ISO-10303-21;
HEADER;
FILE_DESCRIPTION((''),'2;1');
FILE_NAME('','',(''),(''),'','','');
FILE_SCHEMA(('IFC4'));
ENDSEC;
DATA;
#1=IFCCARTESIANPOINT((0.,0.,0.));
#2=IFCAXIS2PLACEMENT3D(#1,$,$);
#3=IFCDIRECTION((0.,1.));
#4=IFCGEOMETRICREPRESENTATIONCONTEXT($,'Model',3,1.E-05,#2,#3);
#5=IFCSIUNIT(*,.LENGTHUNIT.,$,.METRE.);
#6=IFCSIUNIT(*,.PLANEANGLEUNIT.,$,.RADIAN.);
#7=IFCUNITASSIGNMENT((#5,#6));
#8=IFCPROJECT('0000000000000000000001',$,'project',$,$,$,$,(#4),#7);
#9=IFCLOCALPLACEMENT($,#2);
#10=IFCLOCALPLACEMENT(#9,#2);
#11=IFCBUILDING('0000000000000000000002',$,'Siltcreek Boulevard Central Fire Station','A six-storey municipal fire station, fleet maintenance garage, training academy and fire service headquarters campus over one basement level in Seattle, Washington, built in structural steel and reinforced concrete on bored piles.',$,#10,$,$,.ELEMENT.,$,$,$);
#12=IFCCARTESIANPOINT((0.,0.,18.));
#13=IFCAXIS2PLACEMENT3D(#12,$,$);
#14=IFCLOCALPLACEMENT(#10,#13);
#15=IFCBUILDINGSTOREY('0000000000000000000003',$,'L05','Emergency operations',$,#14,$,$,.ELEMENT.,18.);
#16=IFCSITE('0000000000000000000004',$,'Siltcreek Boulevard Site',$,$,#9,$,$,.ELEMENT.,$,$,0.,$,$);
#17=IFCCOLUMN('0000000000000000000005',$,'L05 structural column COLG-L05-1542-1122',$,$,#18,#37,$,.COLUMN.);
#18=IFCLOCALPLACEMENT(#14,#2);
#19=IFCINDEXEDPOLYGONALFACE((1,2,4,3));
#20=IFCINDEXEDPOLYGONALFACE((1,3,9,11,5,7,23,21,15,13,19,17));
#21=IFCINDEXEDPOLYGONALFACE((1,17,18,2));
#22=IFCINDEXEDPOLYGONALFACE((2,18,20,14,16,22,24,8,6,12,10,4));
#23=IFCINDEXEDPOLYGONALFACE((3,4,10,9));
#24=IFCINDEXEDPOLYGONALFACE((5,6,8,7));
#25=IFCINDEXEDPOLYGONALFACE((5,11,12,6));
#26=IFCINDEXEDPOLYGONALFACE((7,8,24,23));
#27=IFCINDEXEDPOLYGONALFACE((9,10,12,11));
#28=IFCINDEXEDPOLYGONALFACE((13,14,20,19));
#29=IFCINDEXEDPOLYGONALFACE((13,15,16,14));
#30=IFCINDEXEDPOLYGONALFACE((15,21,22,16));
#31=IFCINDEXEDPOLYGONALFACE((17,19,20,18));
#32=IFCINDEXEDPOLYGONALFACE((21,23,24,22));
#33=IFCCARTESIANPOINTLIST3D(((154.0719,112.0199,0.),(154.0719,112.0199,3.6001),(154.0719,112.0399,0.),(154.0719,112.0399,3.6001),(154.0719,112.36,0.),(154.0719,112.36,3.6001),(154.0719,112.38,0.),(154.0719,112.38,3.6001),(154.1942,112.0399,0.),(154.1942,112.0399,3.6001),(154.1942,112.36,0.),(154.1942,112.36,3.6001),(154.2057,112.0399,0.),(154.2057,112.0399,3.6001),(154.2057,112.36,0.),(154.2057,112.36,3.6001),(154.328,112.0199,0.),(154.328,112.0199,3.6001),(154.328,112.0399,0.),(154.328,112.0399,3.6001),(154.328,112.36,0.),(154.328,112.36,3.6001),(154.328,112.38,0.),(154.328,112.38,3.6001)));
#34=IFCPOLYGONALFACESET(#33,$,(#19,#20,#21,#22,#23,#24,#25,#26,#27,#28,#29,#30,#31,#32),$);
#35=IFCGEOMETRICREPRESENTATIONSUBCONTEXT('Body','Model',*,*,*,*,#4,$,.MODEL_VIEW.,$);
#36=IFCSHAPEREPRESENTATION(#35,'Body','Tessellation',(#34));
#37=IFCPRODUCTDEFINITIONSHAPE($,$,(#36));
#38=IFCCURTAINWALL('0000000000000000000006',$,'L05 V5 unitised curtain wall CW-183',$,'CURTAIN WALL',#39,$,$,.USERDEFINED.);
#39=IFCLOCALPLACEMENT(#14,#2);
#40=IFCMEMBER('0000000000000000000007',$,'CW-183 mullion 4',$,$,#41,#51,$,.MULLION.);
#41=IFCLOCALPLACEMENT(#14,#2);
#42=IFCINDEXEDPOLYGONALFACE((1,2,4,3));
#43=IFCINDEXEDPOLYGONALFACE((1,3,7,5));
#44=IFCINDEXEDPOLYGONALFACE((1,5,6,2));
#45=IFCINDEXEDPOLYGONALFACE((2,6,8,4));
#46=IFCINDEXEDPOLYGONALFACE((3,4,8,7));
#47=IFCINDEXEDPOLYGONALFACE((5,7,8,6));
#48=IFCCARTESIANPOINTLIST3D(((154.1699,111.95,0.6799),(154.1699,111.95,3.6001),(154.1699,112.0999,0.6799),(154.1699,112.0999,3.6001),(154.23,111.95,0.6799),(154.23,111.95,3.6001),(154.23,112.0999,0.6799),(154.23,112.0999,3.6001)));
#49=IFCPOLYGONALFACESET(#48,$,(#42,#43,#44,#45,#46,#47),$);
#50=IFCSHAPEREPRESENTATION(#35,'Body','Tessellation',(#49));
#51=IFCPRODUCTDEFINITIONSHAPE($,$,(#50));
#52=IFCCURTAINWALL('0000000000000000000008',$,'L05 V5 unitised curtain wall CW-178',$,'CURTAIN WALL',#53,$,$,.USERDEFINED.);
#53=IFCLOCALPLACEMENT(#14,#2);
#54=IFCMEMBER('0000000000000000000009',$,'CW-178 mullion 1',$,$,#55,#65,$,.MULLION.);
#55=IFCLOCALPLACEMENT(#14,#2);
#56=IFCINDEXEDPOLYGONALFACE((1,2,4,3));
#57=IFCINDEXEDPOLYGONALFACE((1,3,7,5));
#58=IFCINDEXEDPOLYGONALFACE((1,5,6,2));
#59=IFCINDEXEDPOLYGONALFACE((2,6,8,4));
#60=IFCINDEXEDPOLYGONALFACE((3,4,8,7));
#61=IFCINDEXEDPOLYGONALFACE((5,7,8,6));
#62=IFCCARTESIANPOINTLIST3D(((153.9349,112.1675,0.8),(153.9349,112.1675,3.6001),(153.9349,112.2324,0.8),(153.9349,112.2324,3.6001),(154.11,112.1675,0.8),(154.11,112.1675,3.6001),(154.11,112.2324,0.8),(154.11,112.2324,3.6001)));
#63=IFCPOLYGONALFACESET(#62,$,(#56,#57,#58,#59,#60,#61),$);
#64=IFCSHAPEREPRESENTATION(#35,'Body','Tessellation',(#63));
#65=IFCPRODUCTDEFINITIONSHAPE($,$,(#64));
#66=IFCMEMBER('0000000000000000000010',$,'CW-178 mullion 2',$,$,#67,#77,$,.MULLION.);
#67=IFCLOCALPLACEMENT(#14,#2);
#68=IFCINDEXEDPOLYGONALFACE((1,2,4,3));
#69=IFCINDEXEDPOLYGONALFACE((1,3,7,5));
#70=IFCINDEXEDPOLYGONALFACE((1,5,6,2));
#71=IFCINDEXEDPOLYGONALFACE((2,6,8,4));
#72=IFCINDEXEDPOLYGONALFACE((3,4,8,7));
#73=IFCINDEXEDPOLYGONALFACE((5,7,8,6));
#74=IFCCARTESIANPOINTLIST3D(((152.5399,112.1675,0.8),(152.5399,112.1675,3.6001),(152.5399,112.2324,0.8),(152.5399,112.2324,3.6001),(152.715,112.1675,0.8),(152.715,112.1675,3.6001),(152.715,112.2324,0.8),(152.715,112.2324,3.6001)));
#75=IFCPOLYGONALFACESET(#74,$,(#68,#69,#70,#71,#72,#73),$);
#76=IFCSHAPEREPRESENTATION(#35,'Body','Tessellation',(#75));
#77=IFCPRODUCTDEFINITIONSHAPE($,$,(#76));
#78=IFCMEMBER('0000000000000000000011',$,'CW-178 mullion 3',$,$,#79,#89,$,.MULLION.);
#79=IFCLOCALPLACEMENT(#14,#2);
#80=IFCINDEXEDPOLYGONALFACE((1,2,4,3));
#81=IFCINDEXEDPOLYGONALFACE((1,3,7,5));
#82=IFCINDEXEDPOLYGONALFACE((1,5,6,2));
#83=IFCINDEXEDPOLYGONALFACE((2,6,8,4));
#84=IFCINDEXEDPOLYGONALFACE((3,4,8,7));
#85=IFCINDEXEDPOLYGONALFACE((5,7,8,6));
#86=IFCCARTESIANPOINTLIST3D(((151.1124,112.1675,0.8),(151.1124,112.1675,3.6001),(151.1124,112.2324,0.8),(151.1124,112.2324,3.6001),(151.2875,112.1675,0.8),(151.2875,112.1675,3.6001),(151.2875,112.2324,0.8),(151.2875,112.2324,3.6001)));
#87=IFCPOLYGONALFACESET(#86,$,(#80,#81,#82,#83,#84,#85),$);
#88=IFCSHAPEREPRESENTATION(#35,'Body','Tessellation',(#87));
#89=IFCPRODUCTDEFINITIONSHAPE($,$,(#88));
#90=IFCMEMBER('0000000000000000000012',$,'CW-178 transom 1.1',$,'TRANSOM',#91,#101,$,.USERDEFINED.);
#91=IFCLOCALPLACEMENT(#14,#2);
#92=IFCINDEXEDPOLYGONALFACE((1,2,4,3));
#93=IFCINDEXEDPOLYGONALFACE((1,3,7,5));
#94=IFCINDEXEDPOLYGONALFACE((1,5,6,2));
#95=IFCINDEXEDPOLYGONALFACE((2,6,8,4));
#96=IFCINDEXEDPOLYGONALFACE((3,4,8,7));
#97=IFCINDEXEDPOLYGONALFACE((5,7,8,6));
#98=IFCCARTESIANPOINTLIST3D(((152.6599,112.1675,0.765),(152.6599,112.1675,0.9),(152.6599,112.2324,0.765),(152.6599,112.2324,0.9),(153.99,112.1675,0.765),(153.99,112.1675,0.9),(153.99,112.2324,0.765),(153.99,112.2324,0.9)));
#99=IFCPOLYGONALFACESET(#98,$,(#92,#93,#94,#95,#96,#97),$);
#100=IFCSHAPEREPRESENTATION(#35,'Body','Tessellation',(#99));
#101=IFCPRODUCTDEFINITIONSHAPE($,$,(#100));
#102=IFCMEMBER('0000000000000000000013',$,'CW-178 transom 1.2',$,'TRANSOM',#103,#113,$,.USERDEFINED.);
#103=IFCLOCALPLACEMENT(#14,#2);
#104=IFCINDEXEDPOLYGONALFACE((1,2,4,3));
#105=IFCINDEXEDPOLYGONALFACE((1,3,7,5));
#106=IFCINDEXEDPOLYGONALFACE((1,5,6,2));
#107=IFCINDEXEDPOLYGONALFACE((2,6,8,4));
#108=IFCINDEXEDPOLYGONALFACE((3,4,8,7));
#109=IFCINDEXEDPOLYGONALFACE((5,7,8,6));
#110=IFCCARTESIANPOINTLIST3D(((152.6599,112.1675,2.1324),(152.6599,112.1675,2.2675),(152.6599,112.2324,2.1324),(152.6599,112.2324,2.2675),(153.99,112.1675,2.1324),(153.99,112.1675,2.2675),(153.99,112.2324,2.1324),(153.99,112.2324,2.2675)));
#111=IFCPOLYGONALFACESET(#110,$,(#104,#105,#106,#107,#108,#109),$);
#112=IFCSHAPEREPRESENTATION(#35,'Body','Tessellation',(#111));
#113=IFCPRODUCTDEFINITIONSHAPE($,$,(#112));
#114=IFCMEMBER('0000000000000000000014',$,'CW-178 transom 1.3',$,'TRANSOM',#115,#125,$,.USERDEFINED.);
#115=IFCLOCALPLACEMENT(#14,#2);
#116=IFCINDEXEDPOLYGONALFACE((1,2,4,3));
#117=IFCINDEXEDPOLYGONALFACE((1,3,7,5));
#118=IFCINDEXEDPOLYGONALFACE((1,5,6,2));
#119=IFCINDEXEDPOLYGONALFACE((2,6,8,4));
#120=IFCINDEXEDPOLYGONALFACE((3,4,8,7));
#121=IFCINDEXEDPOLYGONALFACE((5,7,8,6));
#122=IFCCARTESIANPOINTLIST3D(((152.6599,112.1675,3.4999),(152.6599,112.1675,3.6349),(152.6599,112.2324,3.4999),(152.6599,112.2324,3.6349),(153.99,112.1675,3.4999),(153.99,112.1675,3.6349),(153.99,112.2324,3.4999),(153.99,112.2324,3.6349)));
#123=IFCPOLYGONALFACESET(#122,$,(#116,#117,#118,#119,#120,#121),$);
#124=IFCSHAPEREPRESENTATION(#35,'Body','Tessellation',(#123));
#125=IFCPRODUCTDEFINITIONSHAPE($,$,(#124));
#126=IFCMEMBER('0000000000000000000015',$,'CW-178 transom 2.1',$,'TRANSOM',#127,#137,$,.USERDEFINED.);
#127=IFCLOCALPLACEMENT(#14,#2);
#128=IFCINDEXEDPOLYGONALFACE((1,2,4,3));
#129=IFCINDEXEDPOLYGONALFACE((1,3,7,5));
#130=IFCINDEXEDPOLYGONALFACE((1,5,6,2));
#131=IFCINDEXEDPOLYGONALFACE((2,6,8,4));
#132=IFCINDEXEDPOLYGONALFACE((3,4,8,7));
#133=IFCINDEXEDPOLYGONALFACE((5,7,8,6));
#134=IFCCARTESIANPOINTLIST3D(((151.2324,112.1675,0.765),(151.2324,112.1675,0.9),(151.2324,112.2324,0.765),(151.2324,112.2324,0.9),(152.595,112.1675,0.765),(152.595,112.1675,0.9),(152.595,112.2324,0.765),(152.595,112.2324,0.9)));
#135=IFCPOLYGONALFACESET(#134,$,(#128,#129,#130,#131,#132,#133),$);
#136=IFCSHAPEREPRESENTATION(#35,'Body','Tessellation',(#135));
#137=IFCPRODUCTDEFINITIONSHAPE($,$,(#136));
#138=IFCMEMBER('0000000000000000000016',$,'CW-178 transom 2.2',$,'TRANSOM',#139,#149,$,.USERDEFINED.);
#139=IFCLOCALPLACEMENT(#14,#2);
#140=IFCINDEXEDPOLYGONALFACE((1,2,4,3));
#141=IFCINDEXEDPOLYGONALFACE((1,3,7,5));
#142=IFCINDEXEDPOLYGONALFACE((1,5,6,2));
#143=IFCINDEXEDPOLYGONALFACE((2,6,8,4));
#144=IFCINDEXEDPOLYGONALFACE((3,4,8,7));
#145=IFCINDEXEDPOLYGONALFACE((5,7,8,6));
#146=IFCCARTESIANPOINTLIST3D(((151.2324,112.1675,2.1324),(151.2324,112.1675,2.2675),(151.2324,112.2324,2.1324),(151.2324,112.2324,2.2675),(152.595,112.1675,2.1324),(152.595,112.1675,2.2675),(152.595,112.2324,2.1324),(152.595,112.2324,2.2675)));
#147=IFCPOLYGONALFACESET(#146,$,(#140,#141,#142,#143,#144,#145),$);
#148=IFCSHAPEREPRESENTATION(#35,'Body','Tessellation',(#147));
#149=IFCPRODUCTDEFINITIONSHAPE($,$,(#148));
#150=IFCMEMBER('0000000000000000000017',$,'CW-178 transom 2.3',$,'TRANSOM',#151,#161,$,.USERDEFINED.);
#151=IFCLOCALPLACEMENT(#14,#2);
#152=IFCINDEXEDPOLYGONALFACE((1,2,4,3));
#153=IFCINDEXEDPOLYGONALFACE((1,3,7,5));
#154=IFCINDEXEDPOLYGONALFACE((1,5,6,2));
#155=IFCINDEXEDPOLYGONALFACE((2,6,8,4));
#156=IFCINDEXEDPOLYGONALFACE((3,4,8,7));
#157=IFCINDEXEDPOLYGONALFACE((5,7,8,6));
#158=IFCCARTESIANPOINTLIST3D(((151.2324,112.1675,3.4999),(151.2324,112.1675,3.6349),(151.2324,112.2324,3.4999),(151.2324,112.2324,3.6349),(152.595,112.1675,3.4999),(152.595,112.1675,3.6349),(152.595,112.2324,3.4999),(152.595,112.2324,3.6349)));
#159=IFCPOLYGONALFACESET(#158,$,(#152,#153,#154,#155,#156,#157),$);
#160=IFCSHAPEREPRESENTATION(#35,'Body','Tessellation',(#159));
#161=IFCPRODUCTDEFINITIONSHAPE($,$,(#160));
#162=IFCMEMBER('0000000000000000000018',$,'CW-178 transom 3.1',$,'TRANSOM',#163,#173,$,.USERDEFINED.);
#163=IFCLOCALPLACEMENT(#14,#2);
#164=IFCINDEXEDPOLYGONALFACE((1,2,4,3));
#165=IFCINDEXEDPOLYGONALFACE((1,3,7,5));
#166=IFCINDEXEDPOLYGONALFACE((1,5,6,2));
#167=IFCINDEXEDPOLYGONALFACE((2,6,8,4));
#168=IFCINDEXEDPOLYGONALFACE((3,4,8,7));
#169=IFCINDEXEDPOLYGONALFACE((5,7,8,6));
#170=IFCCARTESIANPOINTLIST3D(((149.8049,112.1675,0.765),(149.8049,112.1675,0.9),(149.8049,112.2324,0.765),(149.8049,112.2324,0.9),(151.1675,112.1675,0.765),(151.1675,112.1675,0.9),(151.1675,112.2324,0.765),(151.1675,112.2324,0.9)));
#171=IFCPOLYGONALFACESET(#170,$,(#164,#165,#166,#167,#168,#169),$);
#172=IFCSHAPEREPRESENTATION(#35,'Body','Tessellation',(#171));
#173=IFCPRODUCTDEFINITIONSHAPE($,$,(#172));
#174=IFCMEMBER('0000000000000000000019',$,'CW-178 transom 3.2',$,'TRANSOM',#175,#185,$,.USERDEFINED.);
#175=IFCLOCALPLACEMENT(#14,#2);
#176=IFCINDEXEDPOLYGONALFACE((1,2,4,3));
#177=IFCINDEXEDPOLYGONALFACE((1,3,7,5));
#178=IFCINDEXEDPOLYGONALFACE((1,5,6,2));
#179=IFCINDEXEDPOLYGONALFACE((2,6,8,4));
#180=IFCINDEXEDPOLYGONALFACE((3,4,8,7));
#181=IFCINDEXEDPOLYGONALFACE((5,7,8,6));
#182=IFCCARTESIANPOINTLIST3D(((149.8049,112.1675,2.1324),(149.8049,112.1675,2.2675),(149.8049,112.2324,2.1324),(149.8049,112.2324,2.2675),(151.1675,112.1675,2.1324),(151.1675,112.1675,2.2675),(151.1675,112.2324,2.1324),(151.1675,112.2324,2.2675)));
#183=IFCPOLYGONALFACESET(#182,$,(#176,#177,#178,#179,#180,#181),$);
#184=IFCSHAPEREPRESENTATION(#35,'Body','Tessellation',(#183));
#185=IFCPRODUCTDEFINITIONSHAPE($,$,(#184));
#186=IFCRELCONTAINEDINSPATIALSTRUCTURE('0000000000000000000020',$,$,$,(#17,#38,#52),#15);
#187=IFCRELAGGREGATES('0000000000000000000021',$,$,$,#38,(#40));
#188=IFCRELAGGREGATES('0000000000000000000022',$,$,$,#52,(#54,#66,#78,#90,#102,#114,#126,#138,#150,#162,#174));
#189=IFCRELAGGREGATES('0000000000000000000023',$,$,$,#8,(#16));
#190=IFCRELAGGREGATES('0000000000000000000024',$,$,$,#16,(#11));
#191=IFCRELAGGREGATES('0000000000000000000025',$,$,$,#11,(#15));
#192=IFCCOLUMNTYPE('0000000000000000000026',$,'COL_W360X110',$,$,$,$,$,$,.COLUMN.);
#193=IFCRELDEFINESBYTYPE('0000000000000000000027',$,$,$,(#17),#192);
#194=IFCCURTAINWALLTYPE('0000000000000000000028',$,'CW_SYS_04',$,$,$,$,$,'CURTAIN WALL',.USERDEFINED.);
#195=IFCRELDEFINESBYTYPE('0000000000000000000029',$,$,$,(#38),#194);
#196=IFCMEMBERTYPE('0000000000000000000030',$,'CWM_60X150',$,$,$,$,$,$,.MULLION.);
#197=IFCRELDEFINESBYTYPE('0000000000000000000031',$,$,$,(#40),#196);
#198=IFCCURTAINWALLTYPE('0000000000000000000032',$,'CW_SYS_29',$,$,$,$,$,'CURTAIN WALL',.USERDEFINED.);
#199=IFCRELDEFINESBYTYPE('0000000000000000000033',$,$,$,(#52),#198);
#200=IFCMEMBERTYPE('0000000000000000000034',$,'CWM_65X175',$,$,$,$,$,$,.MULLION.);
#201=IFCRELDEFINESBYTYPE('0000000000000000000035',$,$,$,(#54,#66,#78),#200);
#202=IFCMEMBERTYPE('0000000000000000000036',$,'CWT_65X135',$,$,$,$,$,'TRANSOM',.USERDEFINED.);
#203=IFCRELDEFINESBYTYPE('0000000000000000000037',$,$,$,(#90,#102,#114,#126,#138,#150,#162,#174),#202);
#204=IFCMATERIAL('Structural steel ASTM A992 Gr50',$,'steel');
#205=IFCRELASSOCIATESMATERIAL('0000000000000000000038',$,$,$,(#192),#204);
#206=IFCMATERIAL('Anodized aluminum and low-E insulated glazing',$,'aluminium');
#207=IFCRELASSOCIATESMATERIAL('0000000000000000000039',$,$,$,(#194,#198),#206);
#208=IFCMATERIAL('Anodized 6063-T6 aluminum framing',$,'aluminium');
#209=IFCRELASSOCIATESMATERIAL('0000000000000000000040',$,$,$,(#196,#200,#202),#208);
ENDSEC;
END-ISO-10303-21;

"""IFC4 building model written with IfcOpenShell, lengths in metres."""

from ifc_helpers import new_model, si_unit, direction, frame, origin, origin_2d, place, context, subcontext, project, spatial, rectangle, i_section, extrude, material, material_profile, profile_set, type_object, element, aggregate, save


model = new_model("IFC4")

# Units and contexts
model_context = context("Model", 3, precision=1e-05, world=origin(), true_north=direction((0.0, 1.0)))
body_context = subcontext(model_context, "Body", "Model", "MODEL_VIEW")
ifc_project = project(units=[si_unit("LENGTHUNIT", "METRE"), si_unit("PLANEANGLEUNIT", "RADIAN")], contexts=[model_context])

# Site, building, storey
site_placement = place(None, origin())
site = spatial("IfcSite", under=ifc_project, at=site_placement, Name="Siltcreek Boulevard Site", CompositionType="ELEMENT", RefElevation=0.0)
building_placement = place(site_placement, origin())
building = spatial("IfcBuilding", under=site, at=building_placement, Name="Siltcreek Boulevard Central Fire Station", Description="A six-storey municipal fire station, fleet maintenance garage, training academy and fire service headquarters campus over one basement level in Seattle, Washington, built in structural steel and reinforced concrete on bored piles.", CompositionType="ELEMENT")
storey_placement = place(building_placement, frame((0.0, 0.0, 18.0)))
storey = spatial("IfcBuildingStorey", under=building, at=storey_placement, Name="L05", Description="Emergency operations", CompositionType="ELEMENT", Elevation=18.0)

# Column
ifc_material_1 = material(Name="Structural steel ASTM A992 Gr50", Category="steel")
ifc_material_profile_1 = material_profile(ifc_material_1, i_section(OverallWidth=0.2561, OverallDepth=0.3601, WebThickness=0.0115, FlangeThickness=0.02, at=origin_2d()), Name="W360X110")
ifc_profile_set_1 = profile_set([ifc_material_profile_1], Name="Structural steel ASTM A992 Gr50")
column_type = type_object("IfcColumnType", Name="COL_W360X110", PredefinedType="COLUMN", material=ifc_profile_set_1)
column_placement = place(storey_placement, frame((154.2, 112.2, 0.0), z_axis=(0.0, 0.0, 1.0), x_axis=(1.0, 0.0, 0.0)))
element("IfcColumn", 1, at=column_placement, inside=storey, type_object=column_type, Name="L05 structural column COLG-L05-1542-1122", PredefinedType="COLUMN", context=body_context, shape_type="SweptSolid", body=[
    extrude(i_section(OverallWidth=0.2561, OverallDepth=0.3601, WebThickness=0.0115, FlangeThickness=0.02, at=origin_2d()), origin(), (0.0, 0.0, 1.0), 3.6001),
])

# Curtain wall, member
ifc_material_2 = material(Name="Anodized aluminum and low-E insulated glazing", Category="aluminium")
curtain_wall_type_1 = type_object("IfcCurtainWallType", Name="CW_SYS_04", ElementType="CURTAIN WALL", PredefinedType="USERDEFINED", material=ifc_material_2)
curtain_wall_1_placement = place(storey_placement, origin())
curtain_wall_1 = element("IfcCurtainWall", 2, at=curtain_wall_1_placement, inside=storey, type_object=curtain_wall_type_1, Name="L05 V5 unitised curtain wall CW-183", ObjectType="CURTAIN WALL", PredefinedType="USERDEFINED")
ifc_material_3 = material(Name="Anodized 6063-T6 aluminum framing", Category="aluminium")
ifc_material_profile_2 = material_profile(ifc_material_3, rectangle(XDim=0.0601, YDim=0.1499, at=origin_2d()), Name="MULL60X150")
ifc_profile_set_2 = profile_set([ifc_material_profile_2], Name="Anodized 6063-T6 aluminum framing")
member_type_1 = type_object("IfcMemberType", Name="CWM_60X150", PredefinedType="MULLION", material=ifc_profile_set_2)
member_1_placement = place(storey_placement, frame((154.2, 112.0249, 0.6799), z_axis=(0.0, 0.0, 1.0), x_axis=(-1.0, 0.0, 0.0)))
member_1 = element("IfcMember", 3, at=member_1_placement, type_object=member_type_1, Name="CW-183 mullion 4", PredefinedType="MULLION", context=body_context, shape_type="SweptSolid", body=[
    extrude(rectangle(XDim=0.0601, YDim=0.1499, at=origin_2d()), origin(), (0.0, 0.0, 1.0), 2.9202),
])

# Curtain wall, members
curtain_wall_type_2 = type_object("IfcCurtainWallType", Name="CW_SYS_29", ElementType="CURTAIN WALL", PredefinedType="USERDEFINED", material=ifc_material_2)
curtain_wall_2_placement = place(storey_placement, origin())
curtain_wall_2 = element("IfcCurtainWall", 4, at=curtain_wall_2_placement, inside=storey, type_object=curtain_wall_type_2, Name="L05 V5 unitised curtain wall CW-178", ObjectType="CURTAIN WALL", PredefinedType="USERDEFINED")
ifc_material_profile_3 = material_profile(ifc_material_3, rectangle(XDim=0.0649, YDim=0.175, at=origin_2d()), Name="MULL65X175")
ifc_profile_set_3 = profile_set([ifc_material_profile_3], Name="Anodized 6063-T6 aluminum framing")
member_type_2 = type_object("IfcMemberType", Name="CWM_65X175", PredefinedType="MULLION", material=ifc_profile_set_3)
member_2_placement = place(storey_placement, frame((154.0225, 112.2, 0.8), z_axis=(0.0, 0.0, 1.0), x_axis=(0.0, -1.0, 0.0)))
member_2 = element("IfcMember", 5, at=member_2_placement, type_object=member_type_2, Name="CW-178 mullion 1", PredefinedType="MULLION", context=body_context, shape_type="SweptSolid", body=[
    extrude(rectangle(XDim=0.0649, YDim=0.175, at=origin_2d()), origin(), (0.0, 0.0, 1.0), 2.8),
])
member_3_placement = place(storey_placement, frame((152.6274, 112.2, 0.8), z_axis=(0.0, 0.0, 1.0), x_axis=(0.0, -1.0, 0.0)))
member_3 = element("IfcMember", 6, at=member_3_placement, type_object=member_type_2, Name="CW-178 mullion 2", PredefinedType="MULLION", context=body_context, shape_type="SweptSolid", body=[
    extrude(rectangle(XDim=0.0649, YDim=0.175, at=origin_2d()), origin(), (0.0, 0.0, 1.0), 2.8),
])
member_4_placement = place(storey_placement, frame((151.2, 112.2, 0.8), z_axis=(0.0, 0.0, 1.0), x_axis=(0.0, -1.0, 0.0)))
member_4 = element("IfcMember", 7, at=member_4_placement, type_object=member_type_2, Name="CW-178 mullion 3", PredefinedType="MULLION", context=body_context, shape_type="SweptSolid", body=[
    extrude(rectangle(XDim=0.0649, YDim=0.175, at=origin_2d()), origin(), (0.0, 0.0, 1.0), 2.8),
])
ifc_material_profile_4 = material_profile(ifc_material_3, rectangle(XDim=0.0649, YDim=0.135, at=origin_2d()), Name="TRAN65X135")
ifc_profile_set_4 = profile_set([ifc_material_profile_4], Name="Anodized 6063-T6 aluminum framing")
member_type_3 = type_object("IfcMemberType", Name="CWT_65X135", ElementType="TRANSOM", PredefinedType="USERDEFINED", material=ifc_profile_set_4)
member_5_placement = place(storey_placement, frame((153.99, 112.2, 0.8325), z_axis=(-1.0, 0.0, 0.0), x_axis=(0.0, -1.0, 0.0)))
member_5 = element("IfcMember", 8, at=member_5_placement, type_object=member_type_3, Name="CW-178 transom 1.1", ObjectType="TRANSOM", PredefinedType="USERDEFINED", context=body_context, shape_type="SweptSolid", body=[
    extrude(rectangle(XDim=0.0649, YDim=0.135, at=origin_2d()), origin(), (0.0, 0.0, 1.0), 1.3301),
])
member_6_placement = place(storey_placement, frame((153.99, 112.2, 2.2), z_axis=(-1.0, 0.0, 0.0), x_axis=(0.0, -1.0, 0.0)))
member_6 = element("IfcMember", 9, at=member_6_placement, type_object=member_type_3, Name="CW-178 transom 1.2", ObjectType="TRANSOM", PredefinedType="USERDEFINED", context=body_context, shape_type="SweptSolid", body=[
    extrude(rectangle(XDim=0.0649, YDim=0.135, at=origin_2d()), origin(), (0.0, 0.0, 1.0), 1.3301),
])
member_7_placement = place(storey_placement, frame((153.99, 112.2, 3.5674), z_axis=(-1.0, 0.0, 0.0), x_axis=(0.0, -1.0, 0.0)))
member_7 = element("IfcMember", 10, at=member_7_placement, type_object=member_type_3, Name="CW-178 transom 1.3", ObjectType="TRANSOM", PredefinedType="USERDEFINED", context=body_context, shape_type="SweptSolid", body=[
    extrude(rectangle(XDim=0.0649, YDim=0.135, at=origin_2d()), origin(), (0.0, 0.0, 1.0), 1.3301),
])
member_8_placement = place(storey_placement, frame((152.595, 112.2, 0.8325), z_axis=(-1.0, 0.0, 0.0), x_axis=(0.0, -1.0, 0.0)))
member_8 = element("IfcMember", 11, at=member_8_placement, type_object=member_type_3, Name="CW-178 transom 2.1", ObjectType="TRANSOM", PredefinedType="USERDEFINED", context=body_context, shape_type="SweptSolid", body=[
    extrude(rectangle(XDim=0.0649, YDim=0.135, at=origin_2d()), origin(), (0.0, 0.0, 1.0), 1.3625),
])
member_9_placement = place(storey_placement, frame((152.595, 112.2, 2.2), z_axis=(-1.0, 0.0, 0.0), x_axis=(0.0, -1.0, 0.0)))
member_9 = element("IfcMember", 12, at=member_9_placement, type_object=member_type_3, Name="CW-178 transom 2.2", ObjectType="TRANSOM", PredefinedType="USERDEFINED", context=body_context, shape_type="SweptSolid", body=[
    extrude(rectangle(XDim=0.0649, YDim=0.135, at=origin_2d()), origin(), (0.0, 0.0, 1.0), 1.3625),
])
member_10_placement = place(storey_placement, frame((152.595, 112.2, 3.5674), z_axis=(-1.0, 0.0, 0.0), x_axis=(0.0, -1.0, 0.0)))
member_10 = element("IfcMember", 13, at=member_10_placement, type_object=member_type_3, Name="CW-178 transom 2.3", ObjectType="TRANSOM", PredefinedType="USERDEFINED", context=body_context, shape_type="SweptSolid", body=[
    extrude(rectangle(XDim=0.0649, YDim=0.135, at=origin_2d()), origin(), (0.0, 0.0, 1.0), 1.3625),
])
member_11_placement = place(storey_placement, frame((151.1675, 112.2, 0.8325), z_axis=(-1.0, 0.0, 0.0), x_axis=(0.0, -1.0, 0.0)))
member_11 = element("IfcMember", 14, at=member_11_placement, type_object=member_type_3, Name="CW-178 transom 3.1", ObjectType="TRANSOM", PredefinedType="USERDEFINED", context=body_context, shape_type="SweptSolid", body=[
    extrude(rectangle(XDim=0.0649, YDim=0.135, at=origin_2d()), origin(), (0.0, 0.0, 1.0), 1.3625),
])
member_12_placement = place(storey_placement, frame((151.1675, 112.2, 2.2), z_axis=(-1.0, 0.0, 0.0), x_axis=(0.0, -1.0, 0.0)))
member_12 = element("IfcMember", 15, at=member_12_placement, type_object=member_type_3, Name="CW-178 transom 3.2", ObjectType="TRANSOM", PredefinedType="USERDEFINED", context=body_context, shape_type="SweptSolid", body=[
    extrude(rectangle(XDim=0.0649, YDim=0.135, at=origin_2d()), origin(), (0.0, 0.0, 1.0), 1.3625),
])

aggregate(curtain_wall_1, [member_1])
aggregate(curtain_wall_2, [member_2, member_3, member_4, member_5, member_6, member_7, member_8, member_9, member_10, member_11, member_12])

save(model, "model.ifc")
